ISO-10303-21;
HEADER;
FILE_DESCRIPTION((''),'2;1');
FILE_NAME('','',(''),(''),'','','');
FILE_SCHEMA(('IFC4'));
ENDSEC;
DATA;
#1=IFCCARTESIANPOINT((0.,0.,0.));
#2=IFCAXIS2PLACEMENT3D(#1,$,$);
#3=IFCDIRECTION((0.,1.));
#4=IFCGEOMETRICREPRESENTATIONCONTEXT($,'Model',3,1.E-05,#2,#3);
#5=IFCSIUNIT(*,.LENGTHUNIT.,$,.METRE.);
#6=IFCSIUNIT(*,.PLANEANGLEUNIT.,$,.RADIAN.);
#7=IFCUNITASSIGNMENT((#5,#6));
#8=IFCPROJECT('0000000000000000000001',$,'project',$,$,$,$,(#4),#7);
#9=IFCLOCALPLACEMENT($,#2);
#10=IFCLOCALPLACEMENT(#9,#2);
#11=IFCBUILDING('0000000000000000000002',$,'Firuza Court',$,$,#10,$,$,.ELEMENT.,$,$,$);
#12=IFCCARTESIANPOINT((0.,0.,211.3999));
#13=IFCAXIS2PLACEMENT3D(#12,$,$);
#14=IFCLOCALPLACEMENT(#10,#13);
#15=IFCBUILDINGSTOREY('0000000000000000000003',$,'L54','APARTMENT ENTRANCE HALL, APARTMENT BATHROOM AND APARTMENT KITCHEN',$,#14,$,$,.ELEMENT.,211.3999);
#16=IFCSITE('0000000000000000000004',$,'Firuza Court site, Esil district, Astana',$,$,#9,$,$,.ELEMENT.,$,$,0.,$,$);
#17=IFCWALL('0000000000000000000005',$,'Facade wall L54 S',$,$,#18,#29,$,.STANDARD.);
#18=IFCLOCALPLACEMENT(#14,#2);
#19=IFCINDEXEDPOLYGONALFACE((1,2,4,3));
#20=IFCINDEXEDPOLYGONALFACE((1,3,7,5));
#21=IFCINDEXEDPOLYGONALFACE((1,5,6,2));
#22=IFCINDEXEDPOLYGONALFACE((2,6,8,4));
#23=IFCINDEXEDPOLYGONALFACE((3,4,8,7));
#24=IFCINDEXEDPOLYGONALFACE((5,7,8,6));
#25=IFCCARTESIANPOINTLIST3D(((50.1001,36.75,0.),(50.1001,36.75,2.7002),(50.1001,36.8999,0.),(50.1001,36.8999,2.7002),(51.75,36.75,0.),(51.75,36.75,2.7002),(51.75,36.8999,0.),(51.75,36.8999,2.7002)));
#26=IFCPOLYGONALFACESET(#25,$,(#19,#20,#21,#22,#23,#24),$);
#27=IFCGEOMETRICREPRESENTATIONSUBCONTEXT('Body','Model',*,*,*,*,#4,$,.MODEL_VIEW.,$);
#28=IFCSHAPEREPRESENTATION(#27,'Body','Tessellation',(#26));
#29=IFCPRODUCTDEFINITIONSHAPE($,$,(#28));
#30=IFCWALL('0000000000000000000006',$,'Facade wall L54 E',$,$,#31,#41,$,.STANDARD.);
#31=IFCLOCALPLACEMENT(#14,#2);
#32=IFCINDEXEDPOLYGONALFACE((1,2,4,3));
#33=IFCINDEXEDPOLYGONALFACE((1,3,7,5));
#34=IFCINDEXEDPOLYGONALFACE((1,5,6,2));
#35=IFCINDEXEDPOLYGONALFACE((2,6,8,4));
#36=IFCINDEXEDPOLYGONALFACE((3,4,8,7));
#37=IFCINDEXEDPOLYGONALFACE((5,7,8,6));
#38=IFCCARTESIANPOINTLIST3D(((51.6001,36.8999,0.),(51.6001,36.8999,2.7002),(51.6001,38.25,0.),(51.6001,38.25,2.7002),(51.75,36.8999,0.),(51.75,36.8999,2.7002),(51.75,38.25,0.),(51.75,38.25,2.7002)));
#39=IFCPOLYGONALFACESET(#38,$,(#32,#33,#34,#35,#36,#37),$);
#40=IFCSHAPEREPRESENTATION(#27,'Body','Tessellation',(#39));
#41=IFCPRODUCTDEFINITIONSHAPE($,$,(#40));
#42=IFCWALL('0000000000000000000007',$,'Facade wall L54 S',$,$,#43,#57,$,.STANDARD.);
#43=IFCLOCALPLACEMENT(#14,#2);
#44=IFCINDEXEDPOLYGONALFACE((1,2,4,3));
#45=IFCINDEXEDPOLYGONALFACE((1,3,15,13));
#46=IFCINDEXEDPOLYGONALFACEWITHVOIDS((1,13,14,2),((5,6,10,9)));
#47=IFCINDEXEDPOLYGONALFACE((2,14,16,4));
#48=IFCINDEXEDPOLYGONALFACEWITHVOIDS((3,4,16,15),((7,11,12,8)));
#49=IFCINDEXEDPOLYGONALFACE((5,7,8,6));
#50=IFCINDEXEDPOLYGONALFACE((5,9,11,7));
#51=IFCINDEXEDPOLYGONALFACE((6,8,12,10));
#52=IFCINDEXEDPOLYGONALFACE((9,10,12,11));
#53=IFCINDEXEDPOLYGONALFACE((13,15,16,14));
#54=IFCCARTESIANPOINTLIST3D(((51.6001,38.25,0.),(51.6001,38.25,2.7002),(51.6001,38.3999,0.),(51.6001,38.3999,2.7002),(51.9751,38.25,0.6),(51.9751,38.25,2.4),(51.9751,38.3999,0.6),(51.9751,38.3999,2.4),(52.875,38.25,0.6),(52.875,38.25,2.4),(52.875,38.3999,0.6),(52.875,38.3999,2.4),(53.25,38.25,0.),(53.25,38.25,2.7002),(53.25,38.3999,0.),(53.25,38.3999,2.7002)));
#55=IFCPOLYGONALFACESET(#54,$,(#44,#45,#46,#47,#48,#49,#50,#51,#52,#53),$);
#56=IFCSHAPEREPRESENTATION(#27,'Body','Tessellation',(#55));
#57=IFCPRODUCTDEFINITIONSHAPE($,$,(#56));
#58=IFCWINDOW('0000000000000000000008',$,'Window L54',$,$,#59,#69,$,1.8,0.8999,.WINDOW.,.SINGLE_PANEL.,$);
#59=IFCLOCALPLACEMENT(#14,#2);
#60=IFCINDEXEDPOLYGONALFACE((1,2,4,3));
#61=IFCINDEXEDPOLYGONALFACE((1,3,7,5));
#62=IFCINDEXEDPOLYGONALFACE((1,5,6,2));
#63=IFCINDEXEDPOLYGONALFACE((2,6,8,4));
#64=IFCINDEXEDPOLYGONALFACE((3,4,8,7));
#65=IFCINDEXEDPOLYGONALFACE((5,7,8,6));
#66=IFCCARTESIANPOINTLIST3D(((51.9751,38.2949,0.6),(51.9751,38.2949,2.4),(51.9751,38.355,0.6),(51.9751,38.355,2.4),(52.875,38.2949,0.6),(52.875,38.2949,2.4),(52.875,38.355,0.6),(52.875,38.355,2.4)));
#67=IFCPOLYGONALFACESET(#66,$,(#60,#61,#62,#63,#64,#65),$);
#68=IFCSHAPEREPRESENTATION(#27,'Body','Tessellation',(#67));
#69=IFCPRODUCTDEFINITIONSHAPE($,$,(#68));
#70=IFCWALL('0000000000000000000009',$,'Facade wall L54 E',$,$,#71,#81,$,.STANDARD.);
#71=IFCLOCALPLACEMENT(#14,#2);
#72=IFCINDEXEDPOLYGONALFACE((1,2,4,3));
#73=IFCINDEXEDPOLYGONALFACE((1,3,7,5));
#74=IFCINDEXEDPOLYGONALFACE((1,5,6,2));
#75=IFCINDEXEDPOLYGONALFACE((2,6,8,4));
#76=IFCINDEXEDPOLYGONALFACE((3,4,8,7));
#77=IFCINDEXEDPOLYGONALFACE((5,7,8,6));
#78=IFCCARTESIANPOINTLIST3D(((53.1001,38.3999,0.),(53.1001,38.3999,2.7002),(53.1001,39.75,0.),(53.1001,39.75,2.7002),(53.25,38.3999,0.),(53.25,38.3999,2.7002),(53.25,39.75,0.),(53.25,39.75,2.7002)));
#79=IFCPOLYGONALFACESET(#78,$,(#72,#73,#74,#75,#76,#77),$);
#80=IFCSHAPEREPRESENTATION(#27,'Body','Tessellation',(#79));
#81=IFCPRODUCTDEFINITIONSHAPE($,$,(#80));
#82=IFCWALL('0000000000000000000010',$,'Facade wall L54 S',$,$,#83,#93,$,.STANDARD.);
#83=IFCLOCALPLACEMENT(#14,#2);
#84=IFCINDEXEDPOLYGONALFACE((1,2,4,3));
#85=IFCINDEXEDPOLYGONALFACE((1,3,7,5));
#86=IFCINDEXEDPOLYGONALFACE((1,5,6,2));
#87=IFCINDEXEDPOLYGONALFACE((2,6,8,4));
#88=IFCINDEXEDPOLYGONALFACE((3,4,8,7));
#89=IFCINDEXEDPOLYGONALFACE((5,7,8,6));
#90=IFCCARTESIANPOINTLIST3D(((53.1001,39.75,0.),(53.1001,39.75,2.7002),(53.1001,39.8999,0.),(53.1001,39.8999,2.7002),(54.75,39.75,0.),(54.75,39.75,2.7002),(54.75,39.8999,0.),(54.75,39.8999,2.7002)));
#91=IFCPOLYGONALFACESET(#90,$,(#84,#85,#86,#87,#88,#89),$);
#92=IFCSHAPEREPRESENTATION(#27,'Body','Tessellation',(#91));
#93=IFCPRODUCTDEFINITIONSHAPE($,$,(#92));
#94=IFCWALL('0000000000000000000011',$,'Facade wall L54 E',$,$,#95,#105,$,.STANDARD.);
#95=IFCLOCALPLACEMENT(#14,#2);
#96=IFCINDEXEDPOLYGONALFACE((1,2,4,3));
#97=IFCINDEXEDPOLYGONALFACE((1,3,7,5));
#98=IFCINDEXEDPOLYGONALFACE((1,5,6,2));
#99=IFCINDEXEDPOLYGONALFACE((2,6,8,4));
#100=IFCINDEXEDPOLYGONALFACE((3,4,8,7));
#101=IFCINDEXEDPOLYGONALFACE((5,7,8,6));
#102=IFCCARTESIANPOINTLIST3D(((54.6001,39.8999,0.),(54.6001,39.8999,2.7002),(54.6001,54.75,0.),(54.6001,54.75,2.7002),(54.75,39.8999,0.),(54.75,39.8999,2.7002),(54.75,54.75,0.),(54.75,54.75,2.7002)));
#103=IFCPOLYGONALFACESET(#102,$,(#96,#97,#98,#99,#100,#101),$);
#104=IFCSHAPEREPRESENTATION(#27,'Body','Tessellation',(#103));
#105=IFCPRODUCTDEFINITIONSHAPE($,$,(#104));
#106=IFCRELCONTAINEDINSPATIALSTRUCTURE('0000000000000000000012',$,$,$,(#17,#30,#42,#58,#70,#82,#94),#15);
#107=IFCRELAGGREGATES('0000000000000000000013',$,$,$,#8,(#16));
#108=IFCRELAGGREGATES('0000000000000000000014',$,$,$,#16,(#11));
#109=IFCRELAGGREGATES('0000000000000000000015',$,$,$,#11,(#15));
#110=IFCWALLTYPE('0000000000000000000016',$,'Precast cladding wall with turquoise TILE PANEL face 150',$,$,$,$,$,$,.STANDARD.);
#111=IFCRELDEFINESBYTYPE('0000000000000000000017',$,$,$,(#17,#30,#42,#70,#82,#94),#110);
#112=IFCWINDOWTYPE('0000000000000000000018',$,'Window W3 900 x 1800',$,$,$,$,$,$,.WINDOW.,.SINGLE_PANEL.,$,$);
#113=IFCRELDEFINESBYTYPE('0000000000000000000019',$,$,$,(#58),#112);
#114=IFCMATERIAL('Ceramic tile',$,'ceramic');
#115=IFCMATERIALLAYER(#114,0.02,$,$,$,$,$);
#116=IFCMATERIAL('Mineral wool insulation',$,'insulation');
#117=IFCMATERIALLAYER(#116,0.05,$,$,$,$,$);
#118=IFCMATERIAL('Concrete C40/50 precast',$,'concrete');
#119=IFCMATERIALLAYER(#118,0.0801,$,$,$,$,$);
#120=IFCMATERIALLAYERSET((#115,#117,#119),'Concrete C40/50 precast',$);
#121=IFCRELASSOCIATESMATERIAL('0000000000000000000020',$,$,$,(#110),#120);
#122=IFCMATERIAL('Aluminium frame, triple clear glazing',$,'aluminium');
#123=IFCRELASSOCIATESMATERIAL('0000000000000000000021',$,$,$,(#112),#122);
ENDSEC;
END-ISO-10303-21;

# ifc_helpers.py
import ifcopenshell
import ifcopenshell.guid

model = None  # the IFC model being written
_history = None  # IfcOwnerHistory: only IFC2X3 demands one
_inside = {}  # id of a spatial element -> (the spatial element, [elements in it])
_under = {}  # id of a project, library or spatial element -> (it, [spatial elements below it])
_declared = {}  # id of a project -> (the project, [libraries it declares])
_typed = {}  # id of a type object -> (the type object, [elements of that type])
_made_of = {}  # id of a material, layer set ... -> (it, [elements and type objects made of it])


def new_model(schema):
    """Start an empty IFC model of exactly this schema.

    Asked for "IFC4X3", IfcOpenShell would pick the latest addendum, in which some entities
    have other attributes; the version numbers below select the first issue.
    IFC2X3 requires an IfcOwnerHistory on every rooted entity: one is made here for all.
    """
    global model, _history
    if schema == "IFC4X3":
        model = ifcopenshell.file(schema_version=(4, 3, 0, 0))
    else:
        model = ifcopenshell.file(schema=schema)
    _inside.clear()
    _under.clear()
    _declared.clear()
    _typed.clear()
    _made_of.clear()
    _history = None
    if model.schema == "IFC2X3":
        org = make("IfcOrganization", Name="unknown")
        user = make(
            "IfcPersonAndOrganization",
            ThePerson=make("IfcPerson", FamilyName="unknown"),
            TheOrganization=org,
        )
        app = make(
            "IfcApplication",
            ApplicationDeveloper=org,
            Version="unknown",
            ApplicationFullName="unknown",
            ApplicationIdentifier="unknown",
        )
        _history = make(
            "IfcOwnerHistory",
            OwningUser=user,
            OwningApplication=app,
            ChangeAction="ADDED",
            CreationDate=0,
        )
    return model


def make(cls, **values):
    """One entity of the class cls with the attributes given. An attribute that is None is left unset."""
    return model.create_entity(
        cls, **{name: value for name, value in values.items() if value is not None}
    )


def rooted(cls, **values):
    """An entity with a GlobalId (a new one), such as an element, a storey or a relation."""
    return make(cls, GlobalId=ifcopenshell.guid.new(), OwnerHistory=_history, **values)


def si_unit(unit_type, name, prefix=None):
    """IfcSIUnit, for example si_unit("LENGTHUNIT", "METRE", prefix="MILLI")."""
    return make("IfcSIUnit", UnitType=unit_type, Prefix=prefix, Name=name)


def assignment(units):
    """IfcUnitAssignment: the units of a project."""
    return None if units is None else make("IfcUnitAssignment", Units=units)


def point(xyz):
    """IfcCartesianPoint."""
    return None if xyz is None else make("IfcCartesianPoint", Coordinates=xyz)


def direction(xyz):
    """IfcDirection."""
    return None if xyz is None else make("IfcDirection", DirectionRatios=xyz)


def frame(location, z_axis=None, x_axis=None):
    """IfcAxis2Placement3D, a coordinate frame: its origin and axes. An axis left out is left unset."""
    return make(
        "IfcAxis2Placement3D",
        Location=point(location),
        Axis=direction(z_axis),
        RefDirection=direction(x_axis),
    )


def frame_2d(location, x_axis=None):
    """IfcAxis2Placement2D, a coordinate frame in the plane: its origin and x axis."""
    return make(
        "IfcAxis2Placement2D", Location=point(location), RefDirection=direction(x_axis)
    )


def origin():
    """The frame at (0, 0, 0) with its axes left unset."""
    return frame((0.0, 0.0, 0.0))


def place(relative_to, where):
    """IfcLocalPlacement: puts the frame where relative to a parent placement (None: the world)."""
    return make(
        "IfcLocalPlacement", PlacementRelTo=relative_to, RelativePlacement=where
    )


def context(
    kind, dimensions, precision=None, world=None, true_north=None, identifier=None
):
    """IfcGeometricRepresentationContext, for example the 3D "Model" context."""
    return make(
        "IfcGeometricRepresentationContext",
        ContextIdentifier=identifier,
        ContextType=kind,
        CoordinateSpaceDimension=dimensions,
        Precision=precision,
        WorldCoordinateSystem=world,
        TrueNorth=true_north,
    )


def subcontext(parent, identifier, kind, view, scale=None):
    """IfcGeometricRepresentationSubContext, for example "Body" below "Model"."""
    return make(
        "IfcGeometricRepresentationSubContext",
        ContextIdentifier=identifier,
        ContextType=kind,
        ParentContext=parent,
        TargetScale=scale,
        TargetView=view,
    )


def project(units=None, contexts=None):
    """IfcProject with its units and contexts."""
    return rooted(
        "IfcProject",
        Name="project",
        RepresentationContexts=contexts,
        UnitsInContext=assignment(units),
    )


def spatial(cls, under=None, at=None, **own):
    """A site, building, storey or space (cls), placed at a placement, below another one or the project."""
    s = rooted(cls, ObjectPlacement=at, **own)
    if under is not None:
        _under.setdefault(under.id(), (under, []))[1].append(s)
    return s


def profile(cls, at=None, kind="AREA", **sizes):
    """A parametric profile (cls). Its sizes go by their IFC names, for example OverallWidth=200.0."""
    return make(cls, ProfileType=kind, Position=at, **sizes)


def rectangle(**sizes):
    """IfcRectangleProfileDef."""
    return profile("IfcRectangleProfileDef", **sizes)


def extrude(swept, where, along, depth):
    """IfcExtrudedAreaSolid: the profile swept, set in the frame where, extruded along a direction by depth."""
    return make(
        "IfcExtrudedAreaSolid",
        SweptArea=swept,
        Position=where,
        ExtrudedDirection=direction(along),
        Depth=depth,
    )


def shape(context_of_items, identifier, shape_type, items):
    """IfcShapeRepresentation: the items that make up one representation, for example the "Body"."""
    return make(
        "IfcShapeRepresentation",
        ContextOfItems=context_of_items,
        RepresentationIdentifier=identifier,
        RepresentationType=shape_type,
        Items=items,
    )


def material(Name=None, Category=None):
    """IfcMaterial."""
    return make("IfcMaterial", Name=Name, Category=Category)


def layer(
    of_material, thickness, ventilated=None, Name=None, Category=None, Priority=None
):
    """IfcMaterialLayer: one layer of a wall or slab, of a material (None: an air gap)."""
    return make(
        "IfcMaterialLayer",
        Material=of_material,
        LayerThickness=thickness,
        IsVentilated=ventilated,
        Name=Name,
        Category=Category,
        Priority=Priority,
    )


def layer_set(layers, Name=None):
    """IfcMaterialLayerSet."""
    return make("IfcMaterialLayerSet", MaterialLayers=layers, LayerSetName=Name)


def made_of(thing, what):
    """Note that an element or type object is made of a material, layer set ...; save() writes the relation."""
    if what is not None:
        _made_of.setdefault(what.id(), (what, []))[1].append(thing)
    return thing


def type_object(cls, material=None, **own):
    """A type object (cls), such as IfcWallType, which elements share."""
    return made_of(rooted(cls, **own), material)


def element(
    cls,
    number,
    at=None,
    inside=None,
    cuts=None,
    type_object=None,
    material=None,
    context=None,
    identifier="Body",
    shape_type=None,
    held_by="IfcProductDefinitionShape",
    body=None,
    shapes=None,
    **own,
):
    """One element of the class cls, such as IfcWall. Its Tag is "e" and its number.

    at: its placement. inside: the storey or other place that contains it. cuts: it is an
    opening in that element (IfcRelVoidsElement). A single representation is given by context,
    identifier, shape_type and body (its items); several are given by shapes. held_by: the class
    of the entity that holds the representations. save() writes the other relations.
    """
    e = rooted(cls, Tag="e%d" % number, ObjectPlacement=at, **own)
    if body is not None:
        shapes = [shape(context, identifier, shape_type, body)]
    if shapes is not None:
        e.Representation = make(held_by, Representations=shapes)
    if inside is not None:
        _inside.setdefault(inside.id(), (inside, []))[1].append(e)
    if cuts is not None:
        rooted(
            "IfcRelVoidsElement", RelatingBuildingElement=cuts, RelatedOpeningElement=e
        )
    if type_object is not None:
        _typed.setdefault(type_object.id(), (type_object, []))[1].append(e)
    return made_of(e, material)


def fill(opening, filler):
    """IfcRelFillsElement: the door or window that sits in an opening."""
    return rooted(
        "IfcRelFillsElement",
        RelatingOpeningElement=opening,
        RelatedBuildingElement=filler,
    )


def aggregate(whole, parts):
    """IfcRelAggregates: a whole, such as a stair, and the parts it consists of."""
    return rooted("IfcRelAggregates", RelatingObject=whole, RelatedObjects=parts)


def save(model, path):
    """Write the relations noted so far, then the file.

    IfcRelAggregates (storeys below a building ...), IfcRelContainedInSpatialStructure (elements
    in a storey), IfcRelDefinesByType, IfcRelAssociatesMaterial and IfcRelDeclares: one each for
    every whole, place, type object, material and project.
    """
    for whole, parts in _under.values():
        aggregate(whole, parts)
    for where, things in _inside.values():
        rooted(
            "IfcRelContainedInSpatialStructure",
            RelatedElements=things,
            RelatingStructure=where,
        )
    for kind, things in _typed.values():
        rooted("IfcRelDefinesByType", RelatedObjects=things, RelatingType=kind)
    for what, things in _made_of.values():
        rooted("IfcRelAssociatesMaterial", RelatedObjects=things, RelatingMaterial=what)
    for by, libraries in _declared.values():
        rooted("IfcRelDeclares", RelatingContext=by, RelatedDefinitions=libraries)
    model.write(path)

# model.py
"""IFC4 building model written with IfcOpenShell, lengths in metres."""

from ifc_helpers import new_model, si_unit, direction, frame, frame_2d, origin, place, context, subcontext, project, spatial, rectangle, extrude, material, layer, layer_set, type_object, element, fill, save


model = new_model("IFC4")

# Units and contexts
model_context = context("Model", 3, precision=1e-05, world=origin(), true_north=direction((0.0, 1.0)))
body_context = subcontext(model_context, "Body", "Model", "MODEL_VIEW")
ifc_project = project(units=[si_unit("LENGTHUNIT", "METRE"), si_unit("PLANEANGLEUNIT", "RADIAN")], contexts=[model_context])

# Site, building, storey
site_placement = place(None, origin())
site = spatial("IfcSite", under=ifc_project, at=site_placement, Name="Firuza Court site, Esil district, Astana", CompositionType="ELEMENT", RefElevation=0.0)
building_placement = place(site_placement, origin())
building = spatial("IfcBuilding", under=site, at=building_placement, Name="Firuza Court", CompositionType="ELEMENT")
storey_placement = place(building_placement, frame((0.0, 0.0, 211.3999)))
storey = spatial("IfcBuildingStorey", under=building, at=storey_placement, Name="L54", Description="APARTMENT ENTRANCE HALL, APARTMENT BATHROOM AND APARTMENT KITCHEN", CompositionType="ELEMENT", Elevation=211.3999)

# Walls
ifc_material_1 = material(Name="Ceramic tile", Category="ceramic")
ifc_layer_1 = layer(ifc_material_1, 0.02)
ifc_material_2 = material(Name="Mineral wool insulation", Category="insulation")
ifc_layer_2 = layer(ifc_material_2, 0.05)
ifc_material_3 = material(Name="Concrete C40/50 precast", Category="concrete")
ifc_layer_3 = layer(ifc_material_3, 0.0801)
ifc_layer_set_1 = layer_set([ifc_layer_1, ifc_layer_2, ifc_layer_3], Name="Concrete C40/50 precast")
wall_type_1 = type_object("IfcWallType", Name="Precast cladding wall with turquoise TILE PANEL face 150", PredefinedType="STANDARD", material=ifc_layer_set_1)
wall_1_placement = place(storey_placement, frame((50.1001, 36.825, 0.0), z_axis=(0.0, 0.0, 1.0), x_axis=(1.0, 0.0, 0.0)))
element("IfcWall", 1, at=wall_1_placement, inside=storey, type_object=wall_type_1, Name="Facade wall L54 S", PredefinedType="STANDARD", context=body_context, shape_type="SweptSolid", body=[
    extrude(rectangle(XDim=1.6499, YDim=0.1499, at=frame_2d((0.825, 0.0))), origin(), (0.0, 0.0, 1.0), 2.7002),
])
wall_2_placement = place(storey_placement, frame((51.675, 36.8999, 0.0), z_axis=(0.0, 0.0, 1.0), x_axis=(0.0, 1.0, 0.0)))
element("IfcWall", 2, at=wall_2_placement, inside=storey, type_object=wall_type_1, Name="Facade wall L54 E", PredefinedType="STANDARD", context=body_context, shape_type="SweptSolid", body=[
    extrude(rectangle(XDim=1.3501, YDim=0.1499, at=frame_2d((0.675, 0.0))), origin(), (0.0, 0.0, 1.0), 2.7002),
])

# Wall, opening, window
wall_3_placement = place(storey_placement, frame((51.6001, 38.325, 0.0), z_axis=(0.0, 0.0, 1.0), x_axis=(1.0, 0.0, 0.0)))
wall_3 = element("IfcWall", 3, at=wall_3_placement, inside=storey, type_object=wall_type_1, Name="Facade wall L54 S", PredefinedType="STANDARD", context=body_context, shape_type="SweptSolid", body=[
    extrude(rectangle(XDim=1.6499, YDim=0.1499, at=frame_2d((0.825, 0.0))), origin(), (0.0, 0.0, 1.0), 2.7002),
])
opening_1_placement = place(wall_3_placement, frame((0.375, 0.0, 0.6001)))
opening_1 = element("IfcOpeningElement", 4, at=opening_1_placement, cuts=wall_3, PredefinedType="OPENING", context=body_context, shape_type="SweptSolid", body=[
    extrude(rectangle(XDim=0.8999, YDim=1.8, at=frame_2d((0.45, 0.8999))), frame((0.0, 0.0869, 0.0), z_axis=(0.0, -1.0, 0.0), x_axis=(1.0, 0.0, 0.0)), (0.0, 0.0, 1.0), 0.1738),
])
ifc_material_4 = material(Name="Aluminium frame, triple clear glazing", Category="aluminium")
window_type = type_object("IfcWindowType", Name="Window W3 900 x 1800", PartitioningType="SINGLE_PANEL", PredefinedType="WINDOW", material=ifc_material_4)
window_placement = place(opening_1_placement, origin())
window = element("IfcWindow", 5, at=window_placement, inside=storey, type_object=window_type, Name="Window L54", OverallHeight=1.8, OverallWidth=0.8999, PartitioningType="SINGLE_PANEL", PredefinedType="WINDOW", context=body_context, shape_type="SweptSolid", body=[
    extrude(rectangle(XDim=0.8999, YDim=1.8, at=frame_2d((0.45, 0.8999))), frame((0.0, 0.03, 0.0), z_axis=(0.0, -1.0, 0.0), x_axis=(1.0, 0.0, 0.0)), (0.0, 0.0, 1.0), 0.0601),
])
fill(opening_1, window)

# Walls
wall_4_placement = place(storey_placement, frame((53.175, 38.3999, 0.0), z_axis=(0.0, 0.0, 1.0), x_axis=(0.0, 1.0, 0.0)))
element("IfcWall", 6, at=wall_4_placement, inside=storey, type_object=wall_type_1, Name="Facade wall L54 E", PredefinedType="STANDARD", context=body_context, shape_type="SweptSolid", body=[
    extrude(rectangle(XDim=1.3501, YDim=0.1499, at=frame_2d((0.675, 0.0))), origin(), (0.0, 0.0, 1.0), 2.7002),
])
wall_5_placement = place(storey_placement, frame((53.1001, 39.825, 0.0), z_axis=(0.0, 0.0, 1.0), x_axis=(1.0, 0.0, 0.0)))
element("IfcWall", 7, at=wall_5_placement, inside=storey, type_object=wall_type_1, Name="Facade wall L54 S", PredefinedType="STANDARD", context=body_context, shape_type="SweptSolid", body=[
    extrude(rectangle(XDim=1.6499, YDim=0.1499, at=frame_2d((0.825, 0.0))), origin(), (0.0, 0.0, 1.0), 2.7002),
])
wall_6_placement = place(storey_placement, frame((54.675, 39.8999, 0.0), z_axis=(0.0, 0.0, 1.0), x_axis=(0.0, 1.0, 0.0)))
element("IfcWall", 8, at=wall_6_placement, inside=storey, type_object=wall_type_1, Name="Facade wall L54 E", PredefinedType="STANDARD", context=body_context, shape_type="SweptSolid", body=[
    extrude(rectangle(XDim=14.8501, YDim=0.1499, at=frame_2d((7.425, 0.0))), origin(), (0.0, 0.0, 1.0), 2.7002),
])

save(model, "model.ifc")
